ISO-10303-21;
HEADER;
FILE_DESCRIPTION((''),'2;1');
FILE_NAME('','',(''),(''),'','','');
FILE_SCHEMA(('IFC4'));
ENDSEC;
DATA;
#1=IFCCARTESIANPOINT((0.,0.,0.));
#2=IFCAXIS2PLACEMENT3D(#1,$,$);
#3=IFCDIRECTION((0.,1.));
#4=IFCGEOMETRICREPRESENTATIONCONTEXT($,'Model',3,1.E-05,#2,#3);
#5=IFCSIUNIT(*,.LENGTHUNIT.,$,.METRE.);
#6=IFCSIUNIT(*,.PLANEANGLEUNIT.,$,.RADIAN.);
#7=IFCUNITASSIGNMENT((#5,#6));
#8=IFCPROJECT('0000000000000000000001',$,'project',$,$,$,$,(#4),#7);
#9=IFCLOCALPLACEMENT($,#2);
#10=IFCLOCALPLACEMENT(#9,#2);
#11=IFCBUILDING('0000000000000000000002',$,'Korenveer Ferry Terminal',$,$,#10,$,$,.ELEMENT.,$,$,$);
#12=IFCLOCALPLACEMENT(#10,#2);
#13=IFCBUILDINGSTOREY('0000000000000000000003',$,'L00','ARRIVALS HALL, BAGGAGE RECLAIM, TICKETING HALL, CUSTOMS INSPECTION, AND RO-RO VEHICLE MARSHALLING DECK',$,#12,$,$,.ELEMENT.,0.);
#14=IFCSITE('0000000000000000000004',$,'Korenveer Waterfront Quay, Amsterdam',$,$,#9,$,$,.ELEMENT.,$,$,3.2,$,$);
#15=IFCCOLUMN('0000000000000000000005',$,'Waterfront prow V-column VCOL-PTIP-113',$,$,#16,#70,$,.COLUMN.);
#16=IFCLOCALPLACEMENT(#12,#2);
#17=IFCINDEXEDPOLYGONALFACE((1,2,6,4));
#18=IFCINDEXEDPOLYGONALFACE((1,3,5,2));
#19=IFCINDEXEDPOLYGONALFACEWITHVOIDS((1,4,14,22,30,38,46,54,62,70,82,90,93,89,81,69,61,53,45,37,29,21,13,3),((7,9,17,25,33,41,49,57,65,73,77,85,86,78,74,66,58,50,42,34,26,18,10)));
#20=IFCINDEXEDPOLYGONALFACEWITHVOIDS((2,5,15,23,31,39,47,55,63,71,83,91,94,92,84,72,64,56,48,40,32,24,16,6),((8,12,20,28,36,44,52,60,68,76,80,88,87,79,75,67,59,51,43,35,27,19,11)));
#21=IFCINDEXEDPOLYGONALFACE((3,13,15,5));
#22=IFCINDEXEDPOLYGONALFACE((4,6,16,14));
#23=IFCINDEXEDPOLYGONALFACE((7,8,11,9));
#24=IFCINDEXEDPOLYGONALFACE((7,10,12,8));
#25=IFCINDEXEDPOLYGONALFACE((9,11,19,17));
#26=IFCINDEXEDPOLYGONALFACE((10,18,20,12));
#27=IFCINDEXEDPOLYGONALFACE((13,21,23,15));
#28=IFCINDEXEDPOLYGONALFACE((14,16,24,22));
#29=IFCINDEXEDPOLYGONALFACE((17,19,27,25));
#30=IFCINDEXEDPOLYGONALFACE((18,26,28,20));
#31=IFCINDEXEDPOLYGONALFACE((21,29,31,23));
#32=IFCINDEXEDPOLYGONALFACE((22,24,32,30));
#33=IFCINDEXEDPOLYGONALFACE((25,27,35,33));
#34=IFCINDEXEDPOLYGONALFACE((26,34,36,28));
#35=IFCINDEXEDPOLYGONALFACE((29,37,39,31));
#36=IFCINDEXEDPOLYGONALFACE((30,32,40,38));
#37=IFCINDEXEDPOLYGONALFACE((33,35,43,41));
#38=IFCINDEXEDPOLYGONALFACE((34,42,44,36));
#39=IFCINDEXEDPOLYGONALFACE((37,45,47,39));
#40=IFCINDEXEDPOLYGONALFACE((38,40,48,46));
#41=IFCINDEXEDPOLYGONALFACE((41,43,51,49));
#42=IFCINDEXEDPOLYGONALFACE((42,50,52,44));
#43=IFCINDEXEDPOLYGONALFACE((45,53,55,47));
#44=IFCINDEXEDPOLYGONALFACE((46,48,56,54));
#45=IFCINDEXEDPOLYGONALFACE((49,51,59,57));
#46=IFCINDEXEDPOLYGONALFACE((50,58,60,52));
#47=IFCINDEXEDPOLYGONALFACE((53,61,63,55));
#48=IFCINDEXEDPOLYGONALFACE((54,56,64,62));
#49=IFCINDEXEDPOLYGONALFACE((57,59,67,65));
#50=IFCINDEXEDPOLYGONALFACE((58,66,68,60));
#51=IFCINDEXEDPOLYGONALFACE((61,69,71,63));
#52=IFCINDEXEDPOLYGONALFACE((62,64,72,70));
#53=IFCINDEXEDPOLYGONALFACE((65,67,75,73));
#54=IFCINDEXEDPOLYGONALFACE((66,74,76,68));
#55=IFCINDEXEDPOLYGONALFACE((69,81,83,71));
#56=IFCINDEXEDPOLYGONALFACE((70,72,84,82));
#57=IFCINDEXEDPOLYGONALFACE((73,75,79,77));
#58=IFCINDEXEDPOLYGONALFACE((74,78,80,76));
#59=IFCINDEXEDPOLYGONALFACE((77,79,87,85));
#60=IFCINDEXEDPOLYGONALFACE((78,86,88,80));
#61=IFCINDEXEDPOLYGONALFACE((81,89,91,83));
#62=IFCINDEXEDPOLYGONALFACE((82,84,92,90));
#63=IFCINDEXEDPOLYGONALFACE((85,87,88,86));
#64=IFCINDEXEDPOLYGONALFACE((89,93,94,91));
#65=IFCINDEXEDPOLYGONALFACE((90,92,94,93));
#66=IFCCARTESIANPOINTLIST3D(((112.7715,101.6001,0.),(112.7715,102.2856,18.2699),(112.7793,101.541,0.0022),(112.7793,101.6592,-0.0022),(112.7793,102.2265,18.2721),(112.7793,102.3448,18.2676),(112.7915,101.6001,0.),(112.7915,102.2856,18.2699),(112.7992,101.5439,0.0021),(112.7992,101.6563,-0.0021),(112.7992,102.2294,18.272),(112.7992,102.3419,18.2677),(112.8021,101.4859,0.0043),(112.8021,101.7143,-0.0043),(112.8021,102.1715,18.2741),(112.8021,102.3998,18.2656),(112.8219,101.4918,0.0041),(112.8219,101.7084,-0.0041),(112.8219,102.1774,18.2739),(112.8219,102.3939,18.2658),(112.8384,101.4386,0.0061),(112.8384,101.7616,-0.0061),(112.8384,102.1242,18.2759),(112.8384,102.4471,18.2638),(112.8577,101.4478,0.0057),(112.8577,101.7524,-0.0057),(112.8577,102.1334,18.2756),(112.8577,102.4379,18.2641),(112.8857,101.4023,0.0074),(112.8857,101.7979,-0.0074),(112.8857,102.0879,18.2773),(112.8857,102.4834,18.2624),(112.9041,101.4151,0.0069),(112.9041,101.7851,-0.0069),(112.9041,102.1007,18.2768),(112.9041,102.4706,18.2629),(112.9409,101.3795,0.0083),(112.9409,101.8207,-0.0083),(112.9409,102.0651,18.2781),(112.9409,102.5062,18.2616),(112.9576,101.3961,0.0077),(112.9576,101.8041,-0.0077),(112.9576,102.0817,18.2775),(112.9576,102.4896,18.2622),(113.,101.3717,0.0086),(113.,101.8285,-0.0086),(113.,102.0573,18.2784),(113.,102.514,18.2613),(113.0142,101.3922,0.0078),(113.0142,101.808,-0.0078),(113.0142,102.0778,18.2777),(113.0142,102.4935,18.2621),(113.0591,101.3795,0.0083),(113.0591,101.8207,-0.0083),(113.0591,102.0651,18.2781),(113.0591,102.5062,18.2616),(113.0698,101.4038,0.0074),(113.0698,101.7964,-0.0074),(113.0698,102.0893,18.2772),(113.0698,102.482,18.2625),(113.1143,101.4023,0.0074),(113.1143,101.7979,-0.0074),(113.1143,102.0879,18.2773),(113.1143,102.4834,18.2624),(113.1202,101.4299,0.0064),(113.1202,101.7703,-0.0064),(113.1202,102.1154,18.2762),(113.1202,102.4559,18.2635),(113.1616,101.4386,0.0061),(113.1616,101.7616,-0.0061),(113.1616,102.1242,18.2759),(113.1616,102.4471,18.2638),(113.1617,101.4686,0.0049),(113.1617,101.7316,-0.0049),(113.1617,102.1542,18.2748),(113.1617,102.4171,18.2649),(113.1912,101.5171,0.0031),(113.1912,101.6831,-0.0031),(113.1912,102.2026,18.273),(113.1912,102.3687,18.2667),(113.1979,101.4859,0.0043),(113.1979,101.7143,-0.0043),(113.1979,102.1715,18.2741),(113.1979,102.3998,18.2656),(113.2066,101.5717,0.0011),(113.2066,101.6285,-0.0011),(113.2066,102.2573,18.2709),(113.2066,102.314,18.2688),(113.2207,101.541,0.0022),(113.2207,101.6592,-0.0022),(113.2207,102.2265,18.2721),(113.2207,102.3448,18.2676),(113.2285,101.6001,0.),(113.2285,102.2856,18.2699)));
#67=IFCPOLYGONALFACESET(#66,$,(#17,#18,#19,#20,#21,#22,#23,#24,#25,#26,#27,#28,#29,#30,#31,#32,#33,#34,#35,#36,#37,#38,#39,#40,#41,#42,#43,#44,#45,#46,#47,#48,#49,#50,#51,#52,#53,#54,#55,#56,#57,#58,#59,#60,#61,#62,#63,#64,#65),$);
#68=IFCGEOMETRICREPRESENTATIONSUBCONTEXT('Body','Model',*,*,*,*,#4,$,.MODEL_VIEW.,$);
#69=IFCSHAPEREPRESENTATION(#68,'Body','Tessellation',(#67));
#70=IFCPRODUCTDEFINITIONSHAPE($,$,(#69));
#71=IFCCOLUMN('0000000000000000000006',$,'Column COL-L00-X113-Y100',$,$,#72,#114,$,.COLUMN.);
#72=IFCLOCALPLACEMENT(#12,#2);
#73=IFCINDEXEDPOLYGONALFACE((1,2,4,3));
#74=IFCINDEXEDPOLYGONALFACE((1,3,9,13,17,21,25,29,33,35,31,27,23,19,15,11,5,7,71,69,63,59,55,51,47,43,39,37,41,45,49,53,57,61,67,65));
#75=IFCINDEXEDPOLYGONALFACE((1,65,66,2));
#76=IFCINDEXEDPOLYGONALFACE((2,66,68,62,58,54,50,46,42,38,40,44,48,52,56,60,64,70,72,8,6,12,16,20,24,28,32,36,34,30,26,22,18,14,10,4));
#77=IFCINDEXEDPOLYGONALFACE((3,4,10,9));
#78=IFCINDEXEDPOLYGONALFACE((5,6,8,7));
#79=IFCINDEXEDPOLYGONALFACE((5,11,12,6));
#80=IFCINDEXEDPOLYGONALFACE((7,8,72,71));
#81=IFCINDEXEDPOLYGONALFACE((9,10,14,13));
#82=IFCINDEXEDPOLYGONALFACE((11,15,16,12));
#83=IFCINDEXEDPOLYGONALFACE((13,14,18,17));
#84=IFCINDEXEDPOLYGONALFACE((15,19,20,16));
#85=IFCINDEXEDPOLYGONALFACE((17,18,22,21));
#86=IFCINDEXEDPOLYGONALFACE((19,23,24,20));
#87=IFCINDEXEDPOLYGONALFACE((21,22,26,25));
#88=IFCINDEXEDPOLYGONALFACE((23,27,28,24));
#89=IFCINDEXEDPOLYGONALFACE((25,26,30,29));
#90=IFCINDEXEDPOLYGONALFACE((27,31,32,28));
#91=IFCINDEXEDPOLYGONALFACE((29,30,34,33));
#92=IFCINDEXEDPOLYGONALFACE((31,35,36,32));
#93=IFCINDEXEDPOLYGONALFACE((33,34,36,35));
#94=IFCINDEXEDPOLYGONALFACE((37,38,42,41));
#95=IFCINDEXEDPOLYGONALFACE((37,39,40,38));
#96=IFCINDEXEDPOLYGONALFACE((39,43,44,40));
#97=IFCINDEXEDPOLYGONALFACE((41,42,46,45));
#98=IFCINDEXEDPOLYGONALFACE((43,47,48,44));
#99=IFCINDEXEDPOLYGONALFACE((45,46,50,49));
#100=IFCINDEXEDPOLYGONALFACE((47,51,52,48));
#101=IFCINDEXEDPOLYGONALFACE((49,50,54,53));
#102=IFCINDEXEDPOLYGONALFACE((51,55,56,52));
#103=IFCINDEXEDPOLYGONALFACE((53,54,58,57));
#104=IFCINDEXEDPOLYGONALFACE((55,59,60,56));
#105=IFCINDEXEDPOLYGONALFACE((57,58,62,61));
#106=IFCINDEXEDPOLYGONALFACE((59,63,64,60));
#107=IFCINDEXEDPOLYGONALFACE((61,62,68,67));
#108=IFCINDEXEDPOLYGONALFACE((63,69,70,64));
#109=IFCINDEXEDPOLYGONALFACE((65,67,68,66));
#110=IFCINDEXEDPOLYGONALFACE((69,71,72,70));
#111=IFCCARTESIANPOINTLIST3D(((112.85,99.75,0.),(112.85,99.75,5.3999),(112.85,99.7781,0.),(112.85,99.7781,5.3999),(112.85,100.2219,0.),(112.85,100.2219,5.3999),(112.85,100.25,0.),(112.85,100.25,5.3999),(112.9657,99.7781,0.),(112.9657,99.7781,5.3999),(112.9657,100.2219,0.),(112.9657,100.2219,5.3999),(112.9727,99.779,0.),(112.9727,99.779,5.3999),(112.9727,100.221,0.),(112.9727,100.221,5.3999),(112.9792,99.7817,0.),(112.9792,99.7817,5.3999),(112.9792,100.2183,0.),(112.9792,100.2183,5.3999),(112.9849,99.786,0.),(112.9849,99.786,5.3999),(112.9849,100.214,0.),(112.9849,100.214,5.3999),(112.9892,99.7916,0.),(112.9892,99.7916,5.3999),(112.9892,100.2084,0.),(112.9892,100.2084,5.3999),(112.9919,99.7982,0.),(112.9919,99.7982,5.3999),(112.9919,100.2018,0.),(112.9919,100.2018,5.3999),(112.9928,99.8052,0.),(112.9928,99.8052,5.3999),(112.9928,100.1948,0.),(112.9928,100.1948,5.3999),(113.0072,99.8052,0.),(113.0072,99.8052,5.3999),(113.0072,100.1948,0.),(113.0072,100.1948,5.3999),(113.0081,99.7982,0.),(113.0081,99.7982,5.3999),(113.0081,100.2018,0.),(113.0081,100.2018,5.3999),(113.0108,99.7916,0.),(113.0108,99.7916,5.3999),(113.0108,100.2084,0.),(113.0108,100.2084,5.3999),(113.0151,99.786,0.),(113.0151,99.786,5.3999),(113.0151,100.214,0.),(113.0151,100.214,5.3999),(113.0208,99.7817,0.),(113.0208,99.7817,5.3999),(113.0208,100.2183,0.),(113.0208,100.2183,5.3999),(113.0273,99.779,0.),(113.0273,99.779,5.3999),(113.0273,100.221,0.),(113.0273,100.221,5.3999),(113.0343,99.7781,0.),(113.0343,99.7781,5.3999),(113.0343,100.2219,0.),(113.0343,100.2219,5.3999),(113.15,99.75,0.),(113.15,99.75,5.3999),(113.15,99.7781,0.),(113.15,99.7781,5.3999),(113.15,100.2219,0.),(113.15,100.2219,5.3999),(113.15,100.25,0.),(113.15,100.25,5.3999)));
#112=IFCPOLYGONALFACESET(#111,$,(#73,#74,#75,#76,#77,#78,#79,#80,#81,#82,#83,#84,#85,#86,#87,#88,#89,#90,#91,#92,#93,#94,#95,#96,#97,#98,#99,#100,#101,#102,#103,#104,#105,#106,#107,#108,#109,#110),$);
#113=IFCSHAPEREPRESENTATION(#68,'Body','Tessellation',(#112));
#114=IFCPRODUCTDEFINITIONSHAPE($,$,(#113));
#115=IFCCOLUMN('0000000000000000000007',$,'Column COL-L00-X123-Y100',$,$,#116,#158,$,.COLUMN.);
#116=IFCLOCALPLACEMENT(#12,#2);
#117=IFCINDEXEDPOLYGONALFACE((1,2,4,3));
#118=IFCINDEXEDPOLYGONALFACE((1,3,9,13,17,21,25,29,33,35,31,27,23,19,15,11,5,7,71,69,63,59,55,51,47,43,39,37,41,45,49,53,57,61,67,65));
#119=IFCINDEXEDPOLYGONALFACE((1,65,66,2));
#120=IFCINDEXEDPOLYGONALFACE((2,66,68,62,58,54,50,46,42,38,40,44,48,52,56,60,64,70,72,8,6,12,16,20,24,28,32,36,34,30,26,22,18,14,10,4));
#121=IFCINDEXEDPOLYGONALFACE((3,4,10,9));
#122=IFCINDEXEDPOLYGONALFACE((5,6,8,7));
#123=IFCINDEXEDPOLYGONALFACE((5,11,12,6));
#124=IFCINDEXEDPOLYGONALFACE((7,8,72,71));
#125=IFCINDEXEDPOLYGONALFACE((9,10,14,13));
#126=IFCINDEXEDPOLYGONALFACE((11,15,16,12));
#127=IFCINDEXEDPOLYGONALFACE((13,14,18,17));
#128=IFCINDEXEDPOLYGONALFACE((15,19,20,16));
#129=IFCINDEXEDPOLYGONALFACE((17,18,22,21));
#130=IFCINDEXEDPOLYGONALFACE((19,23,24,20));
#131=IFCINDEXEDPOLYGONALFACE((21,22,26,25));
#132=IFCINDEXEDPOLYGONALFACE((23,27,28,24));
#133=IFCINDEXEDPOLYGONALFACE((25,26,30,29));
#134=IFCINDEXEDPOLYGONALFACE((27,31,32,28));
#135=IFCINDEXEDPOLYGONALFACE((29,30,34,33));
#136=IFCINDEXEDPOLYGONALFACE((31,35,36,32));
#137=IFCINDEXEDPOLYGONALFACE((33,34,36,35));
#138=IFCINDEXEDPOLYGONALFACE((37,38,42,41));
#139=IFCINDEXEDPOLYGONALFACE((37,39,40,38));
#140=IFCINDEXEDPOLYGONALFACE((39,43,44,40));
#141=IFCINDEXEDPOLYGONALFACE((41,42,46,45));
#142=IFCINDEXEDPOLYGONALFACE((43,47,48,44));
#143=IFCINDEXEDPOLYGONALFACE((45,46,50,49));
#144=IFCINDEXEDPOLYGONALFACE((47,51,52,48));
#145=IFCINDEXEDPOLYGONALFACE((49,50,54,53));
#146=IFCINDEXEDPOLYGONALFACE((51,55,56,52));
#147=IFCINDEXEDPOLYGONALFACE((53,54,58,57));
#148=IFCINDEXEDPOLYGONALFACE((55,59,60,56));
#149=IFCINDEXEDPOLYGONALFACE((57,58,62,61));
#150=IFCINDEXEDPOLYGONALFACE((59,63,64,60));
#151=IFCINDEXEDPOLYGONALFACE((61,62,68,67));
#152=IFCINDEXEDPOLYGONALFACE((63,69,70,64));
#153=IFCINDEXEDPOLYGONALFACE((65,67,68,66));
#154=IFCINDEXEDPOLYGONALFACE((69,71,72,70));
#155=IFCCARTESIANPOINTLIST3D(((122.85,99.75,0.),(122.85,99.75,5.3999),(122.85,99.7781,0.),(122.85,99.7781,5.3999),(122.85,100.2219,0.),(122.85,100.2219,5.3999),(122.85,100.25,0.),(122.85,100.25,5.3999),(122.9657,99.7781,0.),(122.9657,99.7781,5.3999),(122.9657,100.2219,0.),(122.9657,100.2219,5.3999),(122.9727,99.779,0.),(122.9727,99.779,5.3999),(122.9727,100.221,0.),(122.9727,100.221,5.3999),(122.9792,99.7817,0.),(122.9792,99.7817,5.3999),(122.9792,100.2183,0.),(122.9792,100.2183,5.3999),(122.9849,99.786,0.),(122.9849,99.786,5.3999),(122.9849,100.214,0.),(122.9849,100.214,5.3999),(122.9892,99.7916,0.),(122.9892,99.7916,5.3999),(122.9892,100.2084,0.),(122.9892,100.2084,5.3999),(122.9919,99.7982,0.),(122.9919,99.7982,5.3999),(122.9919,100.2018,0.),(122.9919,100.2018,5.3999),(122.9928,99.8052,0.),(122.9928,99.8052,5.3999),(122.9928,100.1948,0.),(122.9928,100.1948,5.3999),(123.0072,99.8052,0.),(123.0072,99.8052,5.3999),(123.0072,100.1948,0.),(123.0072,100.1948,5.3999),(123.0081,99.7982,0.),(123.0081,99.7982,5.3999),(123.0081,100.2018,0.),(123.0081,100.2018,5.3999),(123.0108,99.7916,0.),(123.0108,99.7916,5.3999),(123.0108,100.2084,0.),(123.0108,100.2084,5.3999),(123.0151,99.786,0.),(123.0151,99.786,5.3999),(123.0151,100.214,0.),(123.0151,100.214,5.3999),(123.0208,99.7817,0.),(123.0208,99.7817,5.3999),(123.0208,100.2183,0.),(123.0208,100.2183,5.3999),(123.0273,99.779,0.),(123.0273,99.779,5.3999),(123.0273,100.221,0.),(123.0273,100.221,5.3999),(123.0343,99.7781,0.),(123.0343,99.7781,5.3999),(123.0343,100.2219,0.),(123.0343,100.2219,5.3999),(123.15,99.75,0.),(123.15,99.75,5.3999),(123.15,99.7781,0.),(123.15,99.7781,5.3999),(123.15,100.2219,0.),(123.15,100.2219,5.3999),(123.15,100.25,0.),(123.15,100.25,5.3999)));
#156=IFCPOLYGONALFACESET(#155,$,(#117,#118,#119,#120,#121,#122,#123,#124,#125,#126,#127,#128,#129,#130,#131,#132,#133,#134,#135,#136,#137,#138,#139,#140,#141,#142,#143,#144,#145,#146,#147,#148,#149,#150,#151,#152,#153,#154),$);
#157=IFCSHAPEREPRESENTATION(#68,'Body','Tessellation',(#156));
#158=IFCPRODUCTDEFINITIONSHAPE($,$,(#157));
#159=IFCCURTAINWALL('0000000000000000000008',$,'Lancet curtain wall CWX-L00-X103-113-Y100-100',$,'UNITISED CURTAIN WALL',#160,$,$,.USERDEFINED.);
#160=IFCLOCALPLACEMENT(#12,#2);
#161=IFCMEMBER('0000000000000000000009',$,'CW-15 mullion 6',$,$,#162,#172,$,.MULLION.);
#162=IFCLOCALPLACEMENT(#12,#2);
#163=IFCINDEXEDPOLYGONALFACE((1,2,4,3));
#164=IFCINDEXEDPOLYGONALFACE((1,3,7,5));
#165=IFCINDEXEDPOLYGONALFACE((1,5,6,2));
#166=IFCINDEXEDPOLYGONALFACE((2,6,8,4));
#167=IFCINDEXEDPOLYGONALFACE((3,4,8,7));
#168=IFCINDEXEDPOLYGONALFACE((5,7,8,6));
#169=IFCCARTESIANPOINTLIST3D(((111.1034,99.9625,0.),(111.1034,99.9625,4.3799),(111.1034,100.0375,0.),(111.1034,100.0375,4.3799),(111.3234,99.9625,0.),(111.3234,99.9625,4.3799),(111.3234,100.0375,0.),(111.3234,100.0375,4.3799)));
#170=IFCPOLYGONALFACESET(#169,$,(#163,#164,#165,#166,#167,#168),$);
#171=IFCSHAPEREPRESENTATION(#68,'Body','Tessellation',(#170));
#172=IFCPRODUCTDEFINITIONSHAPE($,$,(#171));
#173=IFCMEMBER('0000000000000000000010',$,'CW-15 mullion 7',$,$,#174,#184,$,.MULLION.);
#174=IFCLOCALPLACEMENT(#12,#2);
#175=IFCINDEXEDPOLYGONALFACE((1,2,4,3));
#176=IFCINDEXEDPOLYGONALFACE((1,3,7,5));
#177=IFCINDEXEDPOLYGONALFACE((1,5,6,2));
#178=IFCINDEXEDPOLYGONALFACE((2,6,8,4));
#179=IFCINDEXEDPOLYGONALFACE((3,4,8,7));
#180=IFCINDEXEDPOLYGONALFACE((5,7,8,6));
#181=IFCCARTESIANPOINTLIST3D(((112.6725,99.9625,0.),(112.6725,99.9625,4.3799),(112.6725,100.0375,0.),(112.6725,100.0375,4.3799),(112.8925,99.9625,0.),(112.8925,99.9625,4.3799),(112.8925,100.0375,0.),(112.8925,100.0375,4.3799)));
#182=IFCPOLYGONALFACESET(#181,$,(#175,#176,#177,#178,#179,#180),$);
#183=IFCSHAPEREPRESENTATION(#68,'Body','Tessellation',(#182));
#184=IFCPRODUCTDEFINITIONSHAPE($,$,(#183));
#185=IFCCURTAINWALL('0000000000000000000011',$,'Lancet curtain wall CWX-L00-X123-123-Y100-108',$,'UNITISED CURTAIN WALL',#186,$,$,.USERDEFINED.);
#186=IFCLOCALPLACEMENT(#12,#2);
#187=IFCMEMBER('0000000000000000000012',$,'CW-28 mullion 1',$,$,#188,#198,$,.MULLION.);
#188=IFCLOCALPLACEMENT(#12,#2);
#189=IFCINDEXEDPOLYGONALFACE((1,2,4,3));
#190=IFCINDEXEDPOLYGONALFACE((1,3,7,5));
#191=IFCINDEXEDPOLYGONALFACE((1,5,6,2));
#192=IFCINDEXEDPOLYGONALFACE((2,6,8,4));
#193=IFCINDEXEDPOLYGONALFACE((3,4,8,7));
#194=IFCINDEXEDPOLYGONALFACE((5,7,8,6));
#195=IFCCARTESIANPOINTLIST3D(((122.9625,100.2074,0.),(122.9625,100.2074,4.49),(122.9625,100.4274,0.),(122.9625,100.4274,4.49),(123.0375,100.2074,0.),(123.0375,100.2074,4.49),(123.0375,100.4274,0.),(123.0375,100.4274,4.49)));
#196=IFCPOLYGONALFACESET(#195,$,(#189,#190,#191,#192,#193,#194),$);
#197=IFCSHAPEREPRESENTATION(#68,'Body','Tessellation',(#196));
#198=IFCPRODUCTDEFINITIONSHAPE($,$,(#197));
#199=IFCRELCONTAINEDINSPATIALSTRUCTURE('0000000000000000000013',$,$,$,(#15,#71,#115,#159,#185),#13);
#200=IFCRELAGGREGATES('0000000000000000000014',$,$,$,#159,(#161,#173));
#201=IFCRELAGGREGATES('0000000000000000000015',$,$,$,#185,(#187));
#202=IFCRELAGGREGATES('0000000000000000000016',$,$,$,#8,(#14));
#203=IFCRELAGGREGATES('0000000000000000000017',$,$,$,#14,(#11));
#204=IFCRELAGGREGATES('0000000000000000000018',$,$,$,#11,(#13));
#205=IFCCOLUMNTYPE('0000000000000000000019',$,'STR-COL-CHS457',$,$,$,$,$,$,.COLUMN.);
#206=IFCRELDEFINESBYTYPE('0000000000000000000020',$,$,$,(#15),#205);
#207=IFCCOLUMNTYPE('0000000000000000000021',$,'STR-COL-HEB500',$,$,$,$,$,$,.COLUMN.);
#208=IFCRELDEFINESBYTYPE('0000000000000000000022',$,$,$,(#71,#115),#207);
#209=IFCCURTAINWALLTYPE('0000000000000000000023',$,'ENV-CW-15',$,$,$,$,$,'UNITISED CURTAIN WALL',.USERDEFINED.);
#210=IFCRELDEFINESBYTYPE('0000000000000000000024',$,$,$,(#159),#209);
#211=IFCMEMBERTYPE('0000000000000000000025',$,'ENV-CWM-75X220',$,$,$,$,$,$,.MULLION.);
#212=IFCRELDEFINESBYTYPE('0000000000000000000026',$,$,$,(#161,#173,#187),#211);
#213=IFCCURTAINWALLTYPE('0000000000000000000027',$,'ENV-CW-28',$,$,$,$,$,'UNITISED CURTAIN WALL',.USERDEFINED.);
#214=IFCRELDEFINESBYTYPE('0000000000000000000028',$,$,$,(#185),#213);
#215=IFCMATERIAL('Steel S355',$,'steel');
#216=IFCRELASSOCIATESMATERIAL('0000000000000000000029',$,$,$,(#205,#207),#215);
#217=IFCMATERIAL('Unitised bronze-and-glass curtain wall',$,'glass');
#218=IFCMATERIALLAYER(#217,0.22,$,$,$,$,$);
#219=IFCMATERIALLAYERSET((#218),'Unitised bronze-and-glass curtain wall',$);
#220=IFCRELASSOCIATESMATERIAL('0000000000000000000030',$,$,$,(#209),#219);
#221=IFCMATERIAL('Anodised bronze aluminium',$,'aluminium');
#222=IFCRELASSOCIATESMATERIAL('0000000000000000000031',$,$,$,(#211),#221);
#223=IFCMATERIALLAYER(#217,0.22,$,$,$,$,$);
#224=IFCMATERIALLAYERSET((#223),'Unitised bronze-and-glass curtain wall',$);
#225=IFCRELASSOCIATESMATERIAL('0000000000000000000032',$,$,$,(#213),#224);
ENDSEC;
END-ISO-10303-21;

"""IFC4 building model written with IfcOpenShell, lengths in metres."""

from ifc_helpers import new_model, si_unit, direction, frame, origin, origin_2d, place, context, subcontext, project, spatial, rectangle, hollow_circle, i_section, extrude, material, layer, layer_set, material_profile, profile_set, type_object, element, aggregate, save


model = new_model("IFC4")

# Units and contexts
model_context = context("Model", 3, precision=1e-05, world=origin(), true_north=direction((0.0, 1.0)))
body_context = subcontext(model_context, "Body", "Model", "MODEL_VIEW")
ifc_project = project(units=[si_unit("LENGTHUNIT", "METRE"), si_unit("PLANEANGLEUNIT", "RADIAN")], contexts=[model_context])

# Site, building, storey
site_placement = place(None, origin())
site = spatial("IfcSite", under=ifc_project, at=site_placement, Name="Korenveer Waterfront Quay, Amsterdam", CompositionType="ELEMENT", RefElevation=3.2)
building_placement = place(site_placement, origin())
building = spatial("IfcBuilding", under=site, at=building_placement, Name="Korenveer Ferry Terminal", CompositionType="ELEMENT")
storey_placement = place(building_placement, origin())
storey = spatial("IfcBuildingStorey", under=building, at=storey_placement, Name="L00", Description="ARRIVALS HALL, BAGGAGE RECLAIM, TICKETING HALL, CUSTOMS INSPECTION, AND RO-RO VEHICLE MARSHALLING DECK", CompositionType="ELEMENT", Elevation=0.0)

# Columns
ifc_material_1 = material(Name="Steel S355", Category="steel")
ifc_material_profile_1 = material_profile(ifc_material_1, hollow_circle(Radius=0.2285, WallThickness=0.02, at=origin_2d()), Name="CHS 457x20")
ifc_profile_set_1 = profile_set([ifc_material_profile_1], Name="Steel S355")
column_type_1 = type_object("IfcColumnType", Name="STR-COL-CHS457", PredefinedType="COLUMN", material=ifc_profile_set_1)
column_placement = place(storey_placement, frame((113.0, 101.6001, 0.0), z_axis=(0.0, 0.037497, 0.999297), x_axis=(-1.0, 0.0, 0.0)))
element("IfcColumn", 1, at=column_placement, inside=storey, type_object=column_type_1, Name="Waterfront prow V-column VCOL-PTIP-113", PredefinedType="COLUMN", context=body_context, shape_type="SweptSolid", body=[
    extrude(hollow_circle(Radius=0.2285, WallThickness=0.02, at=origin_2d()), origin(), (0.0, 0.0, 1.0), 18.2827),
])
ifc_material_profile_2 = material_profile(ifc_material_1, i_section(OverallWidth=0.3, OverallDepth=0.5, WebThickness=0.0144, FlangeThickness=0.0281, FilletRadius=0.0271, at=origin_2d()), Name="HEB 500")
ifc_profile_set_2 = profile_set([ifc_material_profile_2], Name="Steel S355")
column_type_2 = type_object("IfcColumnType", Name="STR-COL-HEB500", PredefinedType="COLUMN", material=ifc_profile_set_2)
for number, where, z_axis, x_axis, name in (
    (2, (113.0, 100.0, 0.0), (0.0, 0.0, 1.0), (1.0, 0.0, 0.0), "Column COL-L00-X113-Y100"),
    (3, (123.0, 100.0, 0.0), (0.0, 0.0, 1.0), (1.0, 0.0, 0.0), "Column COL-L00-X123-Y100"),
):
    element("IfcColumn", number, at=place(storey_placement, frame(where, z_axis=z_axis, x_axis=x_axis)), inside=storey, type_object=column_type_2, Name=name, PredefinedType="COLUMN", context=body_context, shape_type="SweptSolid", body=[
        extrude(i_section(OverallWidth=0.3, OverallDepth=0.5, WebThickness=0.0144, FlangeThickness=0.0281, FilletRadius=0.0271, at=origin_2d()), origin(), (0.0, 0.0, 1.0), 5.3999),
    ])

# Curtain wall, members
ifc_material_2 = material(Name="Unitised bronze-and-glass curtain wall", Category="glass")
ifc_layer_1 = layer(ifc_material_2, 0.22)
ifc_layer_set_1 = layer_set([ifc_layer_1], Name="Unitised bronze-and-glass curtain wall")
curtain_wall_type_1 = type_object("IfcCurtainWallType", Name="ENV-CW-15", ElementType="UNITISED CURTAIN WALL", PredefinedType="USERDEFINED", material=ifc_layer_set_1)
curtain_wall_1_placement = place(storey_placement, frame((103.1799, 100.0, 0.0)))
curtain_wall_1 = element("IfcCurtainWall", 4, at=curtain_wall_1_placement, inside=storey, type_object=curtain_wall_type_1, Name="Lancet curtain wall CWX-L00-X103-113-Y100-100", ObjectType="UNITISED CURTAIN WALL", PredefinedType="USERDEFINED")
ifc_material_3 = material(Name="Anodised bronze aluminium", Category="aluminium")
ifc_material_profile_3 = material_profile(ifc_material_3, rectangle(XDim=0.075, YDim=0.22, at=origin_2d()), Name="ALU 75x220")
ifc_profile_set_3 = profile_set([ifc_material_profile_3], Name="Anodised bronze aluminium")
member_type_1 = type_object("IfcMemberType", Name="ENV-CWM-75X220", PredefinedType="MULLION", material=ifc_profile_set_3)
member_1_placement = place(storey_placement, frame((111.2134, 100.0, 0.0), z_axis=(0.0, 0.0, 1.0), x_axis=(0.0, 1.0, 0.0)))
member_1 = element("IfcMember", 5, at=member_1_placement, type_object=member_type_1, Name="CW-15 mullion 6", PredefinedType="MULLION", context=body_context, shape_type="SweptSolid", body=[
    extrude(rectangle(XDim=0.075, YDim=0.22, at=origin_2d()), origin(), (0.0, 0.0, 1.0), 4.3799),
])
member_2_placement = place(storey_placement, frame((112.7825, 100.0, 0.0), z_axis=(0.0, 0.0, 1.0), x_axis=(0.0, 1.0, 0.0)))
member_2 = element("IfcMember", 6, at=member_2_placement, type_object=member_type_1, Name="CW-15 mullion 7", PredefinedType="MULLION", context=body_context, shape_type="SweptSolid", body=[
    extrude(rectangle(XDim=0.075, YDim=0.22, at=origin_2d()), origin(), (0.0, 0.0, 1.0), 4.3799),
])

# Curtain wall, member
ifc_layer_2 = layer(ifc_material_2, 0.22)
ifc_layer_set_2 = layer_set([ifc_layer_2], Name="Unitised bronze-and-glass curtain wall")
curtain_wall_type_2 = type_object("IfcCurtainWallType", Name="ENV-CW-28", ElementType="UNITISED CURTAIN WALL", PredefinedType="USERDEFINED", material=ifc_layer_set_2)
curtain_wall_2_placement = place(storey_placement, frame((123.0, 100.28, 0.0)))
curtain_wall_2 = element("IfcCurtainWall", 7, at=curtain_wall_2_placement, inside=storey, type_object=curtain_wall_type_2, Name="Lancet curtain wall CWX-L00-X123-123-Y100-108", ObjectType="UNITISED CURTAIN WALL", PredefinedType="USERDEFINED")
member_3_placement = place(storey_placement, frame((123.0, 100.3174, 0.0), z_axis=(0.0, 0.0, 1.0), x_axis=(-1.0, 0.0, 0.0)))
member_3 = element("IfcMember", 8, at=member_3_placement, type_object=member_type_1, Name="CW-28 mullion 1", PredefinedType="MULLION", context=body_context, shape_type="SweptSolid", body=[
    extrude(rectangle(XDim=0.075, YDim=0.22, at=origin_2d()), origin(), (0.0, 0.0, 1.0), 4.49),
])

aggregate(curtain_wall_1, [member_1, member_2])
aggregate(curtain_wall_2, [member_3])

save(model, "model.ifc")
